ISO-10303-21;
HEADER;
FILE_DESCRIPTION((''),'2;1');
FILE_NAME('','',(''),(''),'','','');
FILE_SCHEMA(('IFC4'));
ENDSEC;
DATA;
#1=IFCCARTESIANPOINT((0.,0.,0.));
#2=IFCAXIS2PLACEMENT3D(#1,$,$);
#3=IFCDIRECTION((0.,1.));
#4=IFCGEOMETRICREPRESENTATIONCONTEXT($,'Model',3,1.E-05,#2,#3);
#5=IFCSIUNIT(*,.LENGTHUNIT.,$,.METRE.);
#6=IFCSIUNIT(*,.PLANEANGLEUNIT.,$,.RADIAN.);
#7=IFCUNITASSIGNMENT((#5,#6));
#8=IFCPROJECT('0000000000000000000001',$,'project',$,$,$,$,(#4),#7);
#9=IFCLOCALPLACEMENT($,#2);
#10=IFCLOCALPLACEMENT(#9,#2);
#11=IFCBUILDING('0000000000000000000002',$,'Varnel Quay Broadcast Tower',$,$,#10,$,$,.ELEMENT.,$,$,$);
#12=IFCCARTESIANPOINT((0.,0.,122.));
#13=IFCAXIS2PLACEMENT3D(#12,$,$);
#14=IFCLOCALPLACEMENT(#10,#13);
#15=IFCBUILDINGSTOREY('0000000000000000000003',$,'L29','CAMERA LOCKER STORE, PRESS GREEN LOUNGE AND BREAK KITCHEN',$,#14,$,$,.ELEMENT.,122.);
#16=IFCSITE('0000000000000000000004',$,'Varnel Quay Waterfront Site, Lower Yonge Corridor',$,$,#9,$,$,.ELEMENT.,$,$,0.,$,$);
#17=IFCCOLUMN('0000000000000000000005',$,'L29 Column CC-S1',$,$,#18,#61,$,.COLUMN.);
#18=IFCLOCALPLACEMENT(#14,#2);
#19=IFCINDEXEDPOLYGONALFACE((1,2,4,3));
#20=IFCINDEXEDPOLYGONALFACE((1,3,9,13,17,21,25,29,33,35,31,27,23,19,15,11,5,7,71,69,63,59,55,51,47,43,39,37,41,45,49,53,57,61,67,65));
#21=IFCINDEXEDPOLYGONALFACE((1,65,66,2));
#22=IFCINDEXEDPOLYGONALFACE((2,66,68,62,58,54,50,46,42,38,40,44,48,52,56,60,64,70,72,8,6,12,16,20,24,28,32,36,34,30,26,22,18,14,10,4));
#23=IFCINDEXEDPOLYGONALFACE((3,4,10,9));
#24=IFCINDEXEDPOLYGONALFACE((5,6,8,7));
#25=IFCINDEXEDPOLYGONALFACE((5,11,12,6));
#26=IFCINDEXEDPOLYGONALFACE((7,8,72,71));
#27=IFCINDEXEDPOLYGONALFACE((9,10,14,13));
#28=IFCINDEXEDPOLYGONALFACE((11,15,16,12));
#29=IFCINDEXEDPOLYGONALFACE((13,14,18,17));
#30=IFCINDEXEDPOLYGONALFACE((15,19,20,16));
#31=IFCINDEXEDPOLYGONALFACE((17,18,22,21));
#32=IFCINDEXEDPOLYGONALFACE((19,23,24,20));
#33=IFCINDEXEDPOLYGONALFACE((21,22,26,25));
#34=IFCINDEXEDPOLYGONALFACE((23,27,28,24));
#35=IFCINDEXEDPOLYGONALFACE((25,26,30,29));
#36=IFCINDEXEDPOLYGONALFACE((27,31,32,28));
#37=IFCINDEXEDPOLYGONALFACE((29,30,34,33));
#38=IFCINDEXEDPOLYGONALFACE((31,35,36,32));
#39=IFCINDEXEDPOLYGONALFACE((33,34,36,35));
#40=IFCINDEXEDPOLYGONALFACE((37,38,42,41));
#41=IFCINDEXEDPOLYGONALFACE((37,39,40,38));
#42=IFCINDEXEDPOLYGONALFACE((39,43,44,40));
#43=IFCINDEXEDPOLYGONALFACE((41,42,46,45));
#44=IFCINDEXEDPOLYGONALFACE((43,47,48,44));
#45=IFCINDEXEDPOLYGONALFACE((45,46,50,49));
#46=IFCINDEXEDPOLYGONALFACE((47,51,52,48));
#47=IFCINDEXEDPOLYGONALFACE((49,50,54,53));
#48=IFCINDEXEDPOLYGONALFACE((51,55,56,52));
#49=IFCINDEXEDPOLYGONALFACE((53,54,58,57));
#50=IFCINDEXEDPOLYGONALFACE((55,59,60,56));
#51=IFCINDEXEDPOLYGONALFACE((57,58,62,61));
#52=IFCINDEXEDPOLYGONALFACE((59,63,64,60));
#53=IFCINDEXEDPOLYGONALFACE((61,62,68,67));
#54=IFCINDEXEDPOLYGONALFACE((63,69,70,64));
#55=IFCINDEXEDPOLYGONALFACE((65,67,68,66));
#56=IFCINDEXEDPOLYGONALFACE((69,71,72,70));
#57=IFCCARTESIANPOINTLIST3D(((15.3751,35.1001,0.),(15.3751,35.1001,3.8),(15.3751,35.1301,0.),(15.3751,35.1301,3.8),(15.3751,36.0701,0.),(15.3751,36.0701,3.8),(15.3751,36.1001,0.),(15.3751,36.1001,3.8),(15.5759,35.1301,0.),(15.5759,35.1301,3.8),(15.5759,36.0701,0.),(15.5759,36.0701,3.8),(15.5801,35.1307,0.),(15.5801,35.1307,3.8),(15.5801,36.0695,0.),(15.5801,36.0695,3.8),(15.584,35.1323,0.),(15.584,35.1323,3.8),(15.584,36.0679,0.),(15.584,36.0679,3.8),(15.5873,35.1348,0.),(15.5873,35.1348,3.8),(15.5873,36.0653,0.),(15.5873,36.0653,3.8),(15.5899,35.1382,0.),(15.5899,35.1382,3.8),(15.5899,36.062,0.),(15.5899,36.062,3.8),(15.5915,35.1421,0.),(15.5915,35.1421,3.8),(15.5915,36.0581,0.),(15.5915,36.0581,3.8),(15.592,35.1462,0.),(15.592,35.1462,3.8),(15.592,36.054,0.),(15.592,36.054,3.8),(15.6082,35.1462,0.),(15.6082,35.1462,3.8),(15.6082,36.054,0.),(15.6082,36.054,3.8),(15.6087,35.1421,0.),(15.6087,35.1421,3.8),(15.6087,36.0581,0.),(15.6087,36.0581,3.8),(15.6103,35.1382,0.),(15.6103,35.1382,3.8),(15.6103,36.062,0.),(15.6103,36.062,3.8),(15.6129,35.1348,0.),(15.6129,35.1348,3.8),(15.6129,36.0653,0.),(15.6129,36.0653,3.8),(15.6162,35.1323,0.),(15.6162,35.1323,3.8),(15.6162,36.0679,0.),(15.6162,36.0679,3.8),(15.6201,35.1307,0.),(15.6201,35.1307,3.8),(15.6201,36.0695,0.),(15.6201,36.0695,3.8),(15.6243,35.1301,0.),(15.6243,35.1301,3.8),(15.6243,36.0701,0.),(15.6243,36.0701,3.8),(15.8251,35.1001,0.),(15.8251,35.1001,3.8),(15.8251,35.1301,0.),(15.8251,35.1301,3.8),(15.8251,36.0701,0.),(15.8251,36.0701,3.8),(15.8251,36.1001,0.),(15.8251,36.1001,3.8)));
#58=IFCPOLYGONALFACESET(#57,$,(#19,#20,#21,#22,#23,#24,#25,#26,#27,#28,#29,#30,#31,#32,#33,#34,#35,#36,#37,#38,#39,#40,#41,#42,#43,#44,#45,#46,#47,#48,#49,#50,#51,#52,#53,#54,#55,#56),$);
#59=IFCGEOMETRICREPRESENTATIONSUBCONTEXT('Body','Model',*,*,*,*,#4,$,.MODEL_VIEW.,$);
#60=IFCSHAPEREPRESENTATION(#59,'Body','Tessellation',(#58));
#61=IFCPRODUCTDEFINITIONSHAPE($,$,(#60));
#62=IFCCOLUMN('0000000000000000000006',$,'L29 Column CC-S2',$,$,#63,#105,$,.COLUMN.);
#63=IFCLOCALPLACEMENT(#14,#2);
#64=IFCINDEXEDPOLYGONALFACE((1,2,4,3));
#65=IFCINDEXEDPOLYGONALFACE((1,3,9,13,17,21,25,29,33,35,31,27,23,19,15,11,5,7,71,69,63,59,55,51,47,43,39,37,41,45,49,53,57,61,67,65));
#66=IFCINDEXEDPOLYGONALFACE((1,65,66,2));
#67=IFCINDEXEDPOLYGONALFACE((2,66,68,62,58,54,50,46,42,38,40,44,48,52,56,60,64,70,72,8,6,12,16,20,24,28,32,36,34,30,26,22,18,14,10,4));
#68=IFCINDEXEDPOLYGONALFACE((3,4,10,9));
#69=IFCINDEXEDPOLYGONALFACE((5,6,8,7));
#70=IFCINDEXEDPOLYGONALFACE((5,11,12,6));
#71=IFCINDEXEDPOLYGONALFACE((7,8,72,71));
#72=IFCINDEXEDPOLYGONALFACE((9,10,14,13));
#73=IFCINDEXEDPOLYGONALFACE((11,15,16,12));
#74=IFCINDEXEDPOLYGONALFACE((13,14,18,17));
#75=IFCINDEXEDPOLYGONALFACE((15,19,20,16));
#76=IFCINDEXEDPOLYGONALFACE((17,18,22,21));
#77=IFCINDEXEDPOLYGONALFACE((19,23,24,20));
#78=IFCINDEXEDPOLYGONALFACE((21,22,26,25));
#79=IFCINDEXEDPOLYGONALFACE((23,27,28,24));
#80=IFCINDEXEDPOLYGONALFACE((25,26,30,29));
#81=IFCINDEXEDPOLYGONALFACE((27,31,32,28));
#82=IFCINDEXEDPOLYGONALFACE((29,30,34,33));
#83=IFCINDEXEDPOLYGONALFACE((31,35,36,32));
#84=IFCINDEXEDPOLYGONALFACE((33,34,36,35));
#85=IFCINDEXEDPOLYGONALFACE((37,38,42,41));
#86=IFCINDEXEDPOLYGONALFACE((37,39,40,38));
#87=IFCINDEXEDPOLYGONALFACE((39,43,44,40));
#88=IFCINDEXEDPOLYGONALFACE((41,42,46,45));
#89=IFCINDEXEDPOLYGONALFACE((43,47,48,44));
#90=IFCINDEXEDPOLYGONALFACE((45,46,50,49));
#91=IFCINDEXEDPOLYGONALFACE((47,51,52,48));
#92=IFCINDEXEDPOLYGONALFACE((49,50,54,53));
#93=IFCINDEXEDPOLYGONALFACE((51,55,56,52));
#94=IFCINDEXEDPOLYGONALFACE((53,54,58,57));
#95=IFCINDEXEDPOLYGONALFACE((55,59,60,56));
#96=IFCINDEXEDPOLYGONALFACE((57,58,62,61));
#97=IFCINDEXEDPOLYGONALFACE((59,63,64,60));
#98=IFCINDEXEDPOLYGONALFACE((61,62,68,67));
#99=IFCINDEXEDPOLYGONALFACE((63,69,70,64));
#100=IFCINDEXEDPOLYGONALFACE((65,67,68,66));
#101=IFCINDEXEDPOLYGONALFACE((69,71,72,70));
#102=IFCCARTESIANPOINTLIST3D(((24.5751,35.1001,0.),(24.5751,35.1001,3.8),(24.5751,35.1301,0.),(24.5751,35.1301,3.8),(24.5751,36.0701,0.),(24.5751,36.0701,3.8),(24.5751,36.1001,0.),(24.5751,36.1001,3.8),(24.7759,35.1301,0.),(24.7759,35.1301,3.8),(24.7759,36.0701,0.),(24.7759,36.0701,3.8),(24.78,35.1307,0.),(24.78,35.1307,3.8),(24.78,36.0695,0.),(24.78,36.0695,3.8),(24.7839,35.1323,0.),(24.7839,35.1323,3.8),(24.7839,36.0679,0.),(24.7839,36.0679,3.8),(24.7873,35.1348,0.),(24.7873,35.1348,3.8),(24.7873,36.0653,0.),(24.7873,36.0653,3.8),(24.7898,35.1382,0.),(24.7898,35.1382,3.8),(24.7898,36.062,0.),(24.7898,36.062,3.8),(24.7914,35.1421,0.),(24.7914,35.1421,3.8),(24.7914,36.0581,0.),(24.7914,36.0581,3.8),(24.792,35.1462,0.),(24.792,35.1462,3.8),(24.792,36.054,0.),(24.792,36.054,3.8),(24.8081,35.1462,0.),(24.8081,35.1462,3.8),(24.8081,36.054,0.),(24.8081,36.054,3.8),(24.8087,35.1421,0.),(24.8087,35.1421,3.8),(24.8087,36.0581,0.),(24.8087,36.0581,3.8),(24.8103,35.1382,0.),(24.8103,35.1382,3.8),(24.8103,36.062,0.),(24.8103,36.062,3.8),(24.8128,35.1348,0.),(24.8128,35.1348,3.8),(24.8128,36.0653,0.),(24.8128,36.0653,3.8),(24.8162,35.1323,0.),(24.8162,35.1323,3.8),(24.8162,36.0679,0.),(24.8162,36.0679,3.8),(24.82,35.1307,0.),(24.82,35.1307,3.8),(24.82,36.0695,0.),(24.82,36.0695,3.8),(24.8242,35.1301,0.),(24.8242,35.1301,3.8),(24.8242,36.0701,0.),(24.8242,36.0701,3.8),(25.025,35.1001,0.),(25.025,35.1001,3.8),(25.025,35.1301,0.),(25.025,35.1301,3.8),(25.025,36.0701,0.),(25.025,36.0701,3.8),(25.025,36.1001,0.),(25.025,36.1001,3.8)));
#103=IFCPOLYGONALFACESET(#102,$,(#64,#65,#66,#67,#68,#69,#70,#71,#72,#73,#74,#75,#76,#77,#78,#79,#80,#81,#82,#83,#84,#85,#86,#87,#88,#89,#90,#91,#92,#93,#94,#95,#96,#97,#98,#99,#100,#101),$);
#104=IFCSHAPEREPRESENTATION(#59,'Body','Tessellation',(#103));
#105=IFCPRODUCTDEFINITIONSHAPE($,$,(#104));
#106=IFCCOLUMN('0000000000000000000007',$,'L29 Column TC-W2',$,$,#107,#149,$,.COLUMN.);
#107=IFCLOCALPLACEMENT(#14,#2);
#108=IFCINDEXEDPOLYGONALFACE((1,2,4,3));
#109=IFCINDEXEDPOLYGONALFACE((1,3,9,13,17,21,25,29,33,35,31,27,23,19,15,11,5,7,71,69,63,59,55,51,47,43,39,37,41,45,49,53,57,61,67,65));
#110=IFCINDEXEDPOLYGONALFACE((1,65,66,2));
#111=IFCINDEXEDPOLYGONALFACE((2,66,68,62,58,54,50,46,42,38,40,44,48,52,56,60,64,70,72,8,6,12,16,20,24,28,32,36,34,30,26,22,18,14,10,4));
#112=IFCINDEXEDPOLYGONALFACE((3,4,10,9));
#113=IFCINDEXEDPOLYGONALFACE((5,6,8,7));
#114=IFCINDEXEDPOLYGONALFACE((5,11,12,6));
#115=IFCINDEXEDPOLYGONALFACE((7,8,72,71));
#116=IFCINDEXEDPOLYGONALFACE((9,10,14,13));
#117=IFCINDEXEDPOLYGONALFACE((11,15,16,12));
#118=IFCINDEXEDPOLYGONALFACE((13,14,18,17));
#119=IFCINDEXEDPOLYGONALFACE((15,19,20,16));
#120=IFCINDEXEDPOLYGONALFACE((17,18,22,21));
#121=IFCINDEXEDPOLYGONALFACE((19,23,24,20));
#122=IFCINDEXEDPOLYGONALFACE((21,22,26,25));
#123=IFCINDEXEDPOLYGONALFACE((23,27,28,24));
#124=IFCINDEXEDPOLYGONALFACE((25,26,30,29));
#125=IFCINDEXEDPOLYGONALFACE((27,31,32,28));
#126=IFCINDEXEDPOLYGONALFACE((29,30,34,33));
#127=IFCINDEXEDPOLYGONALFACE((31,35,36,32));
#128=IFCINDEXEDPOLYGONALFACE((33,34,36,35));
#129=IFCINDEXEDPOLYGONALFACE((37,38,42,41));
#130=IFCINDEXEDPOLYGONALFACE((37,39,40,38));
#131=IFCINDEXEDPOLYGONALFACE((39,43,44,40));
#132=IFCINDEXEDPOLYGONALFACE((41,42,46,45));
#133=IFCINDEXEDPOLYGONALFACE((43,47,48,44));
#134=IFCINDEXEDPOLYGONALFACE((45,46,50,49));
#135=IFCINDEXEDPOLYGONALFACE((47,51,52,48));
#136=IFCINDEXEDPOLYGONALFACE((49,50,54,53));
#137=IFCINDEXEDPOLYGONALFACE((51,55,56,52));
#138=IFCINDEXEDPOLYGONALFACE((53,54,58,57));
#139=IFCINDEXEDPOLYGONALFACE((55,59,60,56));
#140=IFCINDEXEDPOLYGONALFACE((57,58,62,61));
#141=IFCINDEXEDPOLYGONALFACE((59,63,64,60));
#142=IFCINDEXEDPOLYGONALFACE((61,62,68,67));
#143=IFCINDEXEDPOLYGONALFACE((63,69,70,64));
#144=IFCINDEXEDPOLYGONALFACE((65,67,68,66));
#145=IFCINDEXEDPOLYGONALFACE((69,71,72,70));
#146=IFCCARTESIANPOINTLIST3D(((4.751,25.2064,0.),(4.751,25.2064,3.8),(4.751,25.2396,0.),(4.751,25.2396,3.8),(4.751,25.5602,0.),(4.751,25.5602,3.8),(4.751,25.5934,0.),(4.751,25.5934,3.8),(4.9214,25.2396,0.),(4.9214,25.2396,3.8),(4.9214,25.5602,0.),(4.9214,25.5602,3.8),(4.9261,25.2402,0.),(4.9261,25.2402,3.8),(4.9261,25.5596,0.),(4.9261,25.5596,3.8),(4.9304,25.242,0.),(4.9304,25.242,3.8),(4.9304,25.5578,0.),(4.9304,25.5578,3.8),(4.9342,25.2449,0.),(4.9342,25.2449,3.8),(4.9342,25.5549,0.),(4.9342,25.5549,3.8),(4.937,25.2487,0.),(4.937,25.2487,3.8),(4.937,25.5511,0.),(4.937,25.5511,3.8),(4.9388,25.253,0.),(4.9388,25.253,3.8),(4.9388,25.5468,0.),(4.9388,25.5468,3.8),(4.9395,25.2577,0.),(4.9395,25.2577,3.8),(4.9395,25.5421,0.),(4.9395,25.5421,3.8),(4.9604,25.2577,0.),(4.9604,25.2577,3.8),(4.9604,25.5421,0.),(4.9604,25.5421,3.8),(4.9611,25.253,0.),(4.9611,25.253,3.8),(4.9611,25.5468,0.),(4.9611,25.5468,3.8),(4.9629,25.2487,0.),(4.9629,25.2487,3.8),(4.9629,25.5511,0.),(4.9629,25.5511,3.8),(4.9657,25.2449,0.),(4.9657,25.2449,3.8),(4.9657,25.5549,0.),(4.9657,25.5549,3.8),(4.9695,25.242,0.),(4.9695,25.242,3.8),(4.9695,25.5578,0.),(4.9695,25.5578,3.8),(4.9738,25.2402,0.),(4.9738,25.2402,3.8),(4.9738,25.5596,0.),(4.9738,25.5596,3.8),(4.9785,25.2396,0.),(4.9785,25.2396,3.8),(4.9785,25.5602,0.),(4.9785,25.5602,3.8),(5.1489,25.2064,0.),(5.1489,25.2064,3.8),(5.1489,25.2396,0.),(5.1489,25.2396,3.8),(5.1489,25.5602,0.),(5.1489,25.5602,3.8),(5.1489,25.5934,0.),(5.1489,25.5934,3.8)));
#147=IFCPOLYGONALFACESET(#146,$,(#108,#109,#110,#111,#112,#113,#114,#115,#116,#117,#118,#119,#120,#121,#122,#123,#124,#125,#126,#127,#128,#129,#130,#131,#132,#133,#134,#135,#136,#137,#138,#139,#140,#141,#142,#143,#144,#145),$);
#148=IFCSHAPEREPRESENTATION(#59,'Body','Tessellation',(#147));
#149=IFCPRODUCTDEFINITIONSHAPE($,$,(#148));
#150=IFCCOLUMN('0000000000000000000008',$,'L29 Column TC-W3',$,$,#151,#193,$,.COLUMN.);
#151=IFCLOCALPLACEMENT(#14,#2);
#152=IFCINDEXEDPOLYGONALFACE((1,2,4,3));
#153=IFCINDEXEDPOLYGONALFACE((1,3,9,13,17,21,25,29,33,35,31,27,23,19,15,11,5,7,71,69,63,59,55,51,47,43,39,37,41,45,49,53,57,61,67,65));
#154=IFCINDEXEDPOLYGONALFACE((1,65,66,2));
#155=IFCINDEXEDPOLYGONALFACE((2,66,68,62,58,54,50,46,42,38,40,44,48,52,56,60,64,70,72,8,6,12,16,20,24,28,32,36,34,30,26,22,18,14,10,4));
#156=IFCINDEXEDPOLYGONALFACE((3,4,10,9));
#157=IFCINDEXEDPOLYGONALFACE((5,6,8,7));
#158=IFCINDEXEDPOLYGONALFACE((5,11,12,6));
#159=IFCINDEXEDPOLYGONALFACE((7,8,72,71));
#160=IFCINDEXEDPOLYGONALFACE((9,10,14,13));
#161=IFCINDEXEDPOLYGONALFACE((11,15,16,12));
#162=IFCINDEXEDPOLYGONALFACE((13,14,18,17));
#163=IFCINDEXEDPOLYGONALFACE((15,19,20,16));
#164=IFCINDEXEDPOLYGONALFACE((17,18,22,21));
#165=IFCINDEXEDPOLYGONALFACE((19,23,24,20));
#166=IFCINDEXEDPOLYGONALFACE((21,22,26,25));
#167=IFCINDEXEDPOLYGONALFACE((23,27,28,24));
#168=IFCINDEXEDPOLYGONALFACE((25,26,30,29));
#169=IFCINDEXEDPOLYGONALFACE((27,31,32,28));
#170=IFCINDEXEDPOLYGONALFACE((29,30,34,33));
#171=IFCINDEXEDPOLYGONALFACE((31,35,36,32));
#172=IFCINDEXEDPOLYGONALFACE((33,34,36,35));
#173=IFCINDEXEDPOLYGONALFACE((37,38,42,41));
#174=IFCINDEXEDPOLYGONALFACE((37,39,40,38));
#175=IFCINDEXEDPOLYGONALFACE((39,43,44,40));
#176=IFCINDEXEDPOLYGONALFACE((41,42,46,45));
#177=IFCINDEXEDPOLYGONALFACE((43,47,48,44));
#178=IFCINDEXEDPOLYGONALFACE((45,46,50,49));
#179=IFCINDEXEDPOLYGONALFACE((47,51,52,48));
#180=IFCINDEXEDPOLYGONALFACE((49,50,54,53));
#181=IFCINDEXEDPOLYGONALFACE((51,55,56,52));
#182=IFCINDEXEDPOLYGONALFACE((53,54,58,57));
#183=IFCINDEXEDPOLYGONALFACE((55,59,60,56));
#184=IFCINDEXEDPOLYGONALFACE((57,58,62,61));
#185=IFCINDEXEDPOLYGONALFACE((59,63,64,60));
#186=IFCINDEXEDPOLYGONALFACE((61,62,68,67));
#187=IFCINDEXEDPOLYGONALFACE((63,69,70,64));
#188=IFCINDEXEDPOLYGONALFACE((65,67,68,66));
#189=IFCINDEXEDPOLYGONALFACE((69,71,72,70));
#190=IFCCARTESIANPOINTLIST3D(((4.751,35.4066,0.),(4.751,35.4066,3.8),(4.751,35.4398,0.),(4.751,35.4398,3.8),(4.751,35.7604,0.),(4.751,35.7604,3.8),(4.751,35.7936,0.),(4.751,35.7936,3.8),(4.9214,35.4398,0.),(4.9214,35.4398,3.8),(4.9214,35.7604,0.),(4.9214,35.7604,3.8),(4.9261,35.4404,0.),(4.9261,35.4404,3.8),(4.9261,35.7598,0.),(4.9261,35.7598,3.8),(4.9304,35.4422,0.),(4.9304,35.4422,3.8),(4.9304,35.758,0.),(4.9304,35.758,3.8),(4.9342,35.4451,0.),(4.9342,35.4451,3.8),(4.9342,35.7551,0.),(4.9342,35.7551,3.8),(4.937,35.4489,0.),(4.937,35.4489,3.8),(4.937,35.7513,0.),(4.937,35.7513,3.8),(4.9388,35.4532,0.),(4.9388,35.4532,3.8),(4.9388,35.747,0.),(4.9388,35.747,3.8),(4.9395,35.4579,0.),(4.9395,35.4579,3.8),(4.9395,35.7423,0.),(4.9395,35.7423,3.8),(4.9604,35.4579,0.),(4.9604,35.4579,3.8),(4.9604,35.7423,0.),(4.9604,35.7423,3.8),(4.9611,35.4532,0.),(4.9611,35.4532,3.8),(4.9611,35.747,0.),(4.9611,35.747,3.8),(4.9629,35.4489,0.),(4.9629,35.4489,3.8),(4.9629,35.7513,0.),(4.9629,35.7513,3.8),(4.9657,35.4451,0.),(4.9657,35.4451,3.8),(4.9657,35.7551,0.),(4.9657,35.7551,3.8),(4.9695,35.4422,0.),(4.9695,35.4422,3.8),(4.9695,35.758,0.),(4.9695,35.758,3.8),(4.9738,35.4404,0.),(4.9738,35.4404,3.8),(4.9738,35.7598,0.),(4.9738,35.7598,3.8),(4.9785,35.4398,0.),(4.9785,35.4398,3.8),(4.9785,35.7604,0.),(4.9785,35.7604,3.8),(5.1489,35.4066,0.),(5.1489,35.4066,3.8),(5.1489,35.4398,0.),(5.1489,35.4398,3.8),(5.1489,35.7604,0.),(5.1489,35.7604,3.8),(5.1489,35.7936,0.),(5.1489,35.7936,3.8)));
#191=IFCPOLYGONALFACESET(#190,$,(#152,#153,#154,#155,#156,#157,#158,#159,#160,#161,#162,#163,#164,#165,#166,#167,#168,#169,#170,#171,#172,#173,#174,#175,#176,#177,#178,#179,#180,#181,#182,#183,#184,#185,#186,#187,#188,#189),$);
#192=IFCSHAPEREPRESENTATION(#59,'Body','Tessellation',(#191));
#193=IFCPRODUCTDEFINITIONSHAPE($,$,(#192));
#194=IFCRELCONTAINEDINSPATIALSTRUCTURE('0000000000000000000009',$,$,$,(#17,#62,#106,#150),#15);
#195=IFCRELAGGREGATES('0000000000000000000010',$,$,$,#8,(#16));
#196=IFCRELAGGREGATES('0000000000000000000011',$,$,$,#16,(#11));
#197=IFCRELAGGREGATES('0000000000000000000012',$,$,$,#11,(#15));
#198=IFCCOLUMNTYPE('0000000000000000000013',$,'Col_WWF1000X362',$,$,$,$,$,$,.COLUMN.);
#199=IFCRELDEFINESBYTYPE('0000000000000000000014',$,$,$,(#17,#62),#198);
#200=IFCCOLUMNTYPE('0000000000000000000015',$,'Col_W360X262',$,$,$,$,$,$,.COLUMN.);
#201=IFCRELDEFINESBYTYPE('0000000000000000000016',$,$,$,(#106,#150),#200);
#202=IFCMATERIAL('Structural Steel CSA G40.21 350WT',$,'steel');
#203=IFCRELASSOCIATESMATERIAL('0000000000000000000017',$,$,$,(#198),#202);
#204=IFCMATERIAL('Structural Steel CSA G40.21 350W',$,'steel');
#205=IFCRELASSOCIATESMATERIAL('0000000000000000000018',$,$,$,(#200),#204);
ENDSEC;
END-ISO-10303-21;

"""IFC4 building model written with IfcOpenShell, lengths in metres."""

from ifc_helpers import new_model, si_unit, direction, frame, origin, origin_2d, place, context, subcontext, project, spatial, i_section, extrude, source, transform, mapped, material, material_profile, profile_set, type_object, type_shapes, element, save


model = new_model("IFC4")

# Units and contexts
model_context = context("Model", 3, precision=1e-05, world=origin(), true_north=direction((0.0, 1.0)))
body_context = subcontext(model_context, "Body", "Model", "MODEL_VIEW")
ifc_project = project(units=[si_unit("LENGTHUNIT", "METRE"), si_unit("PLANEANGLEUNIT", "RADIAN")], contexts=[model_context])

# Site, building, storey
site_placement = place(None, origin())
site = spatial("IfcSite", under=ifc_project, at=site_placement, Name="Varnel Quay Waterfront Site, Lower Yonge Corridor", CompositionType="ELEMENT", RefElevation=0.0)
building_placement = place(site_placement, origin())
building = spatial("IfcBuilding", under=site, at=building_placement, Name="Varnel Quay Broadcast Tower", CompositionType="ELEMENT")
storey_placement = place(building_placement, frame((0.0, 0.0, 122.0)))
storey = spatial("IfcBuildingStorey", under=building, at=storey_placement, Name="L29", Description="CAMERA LOCKER STORE, PRESS GREEN LOUNGE AND BREAK KITCHEN", CompositionType="ELEMENT", Elevation=122.0)

# Columns
ifc_material_1 = material(Name="Structural Steel CSA G40.21 350WT", Category="steel")
ifc_material_profile_1 = material_profile(ifc_material_1, i_section(OverallWidth=0.45, OverallDepth=1.0, WebThickness=0.0161, FlangeThickness=0.03, FilletRadius=0.0161, at=origin_2d()), Name="WWF1000X362")
ifc_profile_set_1 = profile_set([ifc_material_profile_1], Name="Structural Steel CSA G40.21 350WT")
column_type_1 = type_object("IfcColumnType", Name="Col_WWF1000X362", PredefinedType="COLUMN", material=ifc_profile_set_1)
shared_shape_1 = source(origin(), body_context, "Body", "SweptSolid", [
    extrude(i_section(OverallWidth=0.45, OverallDepth=1.0, WebThickness=0.0161, FlangeThickness=0.03, FilletRadius=0.0161, at=origin_2d()), origin(), (0.0, 0.0, 1.0), 3.8),
])
type_shapes(column_type_1, [shared_shape_1])
for number, where, z_axis, x_axis, name in (
    (1, (15.6001, 35.6001, 0.0), (0.0, 0.0, 1.0), (1.0, 0.0, 0.0), "L29 Column CC-S1"),
    (2, (24.8, 35.6001, 0.0), (0.0, 0.0, 1.0), (1.0, 0.0, 0.0), "L29 Column CC-S2"),
):
    element("IfcColumn", number, at=place(storey_placement, frame(where, z_axis=z_axis, x_axis=x_axis)), inside=storey, type_object=column_type_1, Name=name, PredefinedType="COLUMN", context=body_context, shape_type="MappedRepresentation", body=[
        mapped(shared_shape_1, transform((0.0, 0.0, 0.0), x_axis=(1.0, 0.0, 0.0), y_axis=(0.0, 1.0, 0.0), z_axis=(0.0, 0.0, 1.0), scale=1.0)),
    ])
ifc_material_2 = material(Name="Structural Steel CSA G40.21 350W", Category="steel")
ifc_material_profile_2 = material_profile(ifc_material_2, i_section(OverallWidth=0.3979, OverallDepth=0.387, WebThickness=0.021, FlangeThickness=0.0332, FilletRadius=0.0181, at=origin_2d()), Name="W360X262")
ifc_profile_set_2 = profile_set([ifc_material_profile_2], Name="Structural Steel CSA G40.21 350W")
column_type_2 = type_object("IfcColumnType", Name="Col_W360X262", PredefinedType="COLUMN", material=ifc_profile_set_2)
shared_shape_2 = source(origin(), body_context, "Body", "SweptSolid", [
    extrude(i_section(OverallWidth=0.3979, OverallDepth=0.387, WebThickness=0.021, FlangeThickness=0.0332, FilletRadius=0.0181, at=origin_2d()), origin(), (0.0, 0.0, 1.0), 3.8),
])
type_shapes(column_type_2, [shared_shape_2])
for number, where, z_axis, x_axis, name in (
    (3, (4.95, 25.3999, 0.0), (0.0, 0.0, 1.0), (1.0, 0.0, 0.0), "L29 Column TC-W2"),
    (4, (4.95, 35.6001, 0.0), (0.0, 0.0, 1.0), (1.0, 0.0, 0.0), "L29 Column TC-W3"),
):
    element("IfcColumn", number, at=place(storey_placement, frame(where, z_axis=z_axis, x_axis=x_axis)), inside=storey, type_object=column_type_2, Name=name, PredefinedType="COLUMN", context=body_context, shape_type="MappedRepresentation", body=[
        mapped(shared_shape_2, transform((0.0, 0.0, 0.0), x_axis=(1.0, 0.0, 0.0), y_axis=(0.0, 1.0, 0.0), z_axis=(0.0, 0.0, 1.0), scale=1.0)),
    ])

save(model, "model.ifc")
